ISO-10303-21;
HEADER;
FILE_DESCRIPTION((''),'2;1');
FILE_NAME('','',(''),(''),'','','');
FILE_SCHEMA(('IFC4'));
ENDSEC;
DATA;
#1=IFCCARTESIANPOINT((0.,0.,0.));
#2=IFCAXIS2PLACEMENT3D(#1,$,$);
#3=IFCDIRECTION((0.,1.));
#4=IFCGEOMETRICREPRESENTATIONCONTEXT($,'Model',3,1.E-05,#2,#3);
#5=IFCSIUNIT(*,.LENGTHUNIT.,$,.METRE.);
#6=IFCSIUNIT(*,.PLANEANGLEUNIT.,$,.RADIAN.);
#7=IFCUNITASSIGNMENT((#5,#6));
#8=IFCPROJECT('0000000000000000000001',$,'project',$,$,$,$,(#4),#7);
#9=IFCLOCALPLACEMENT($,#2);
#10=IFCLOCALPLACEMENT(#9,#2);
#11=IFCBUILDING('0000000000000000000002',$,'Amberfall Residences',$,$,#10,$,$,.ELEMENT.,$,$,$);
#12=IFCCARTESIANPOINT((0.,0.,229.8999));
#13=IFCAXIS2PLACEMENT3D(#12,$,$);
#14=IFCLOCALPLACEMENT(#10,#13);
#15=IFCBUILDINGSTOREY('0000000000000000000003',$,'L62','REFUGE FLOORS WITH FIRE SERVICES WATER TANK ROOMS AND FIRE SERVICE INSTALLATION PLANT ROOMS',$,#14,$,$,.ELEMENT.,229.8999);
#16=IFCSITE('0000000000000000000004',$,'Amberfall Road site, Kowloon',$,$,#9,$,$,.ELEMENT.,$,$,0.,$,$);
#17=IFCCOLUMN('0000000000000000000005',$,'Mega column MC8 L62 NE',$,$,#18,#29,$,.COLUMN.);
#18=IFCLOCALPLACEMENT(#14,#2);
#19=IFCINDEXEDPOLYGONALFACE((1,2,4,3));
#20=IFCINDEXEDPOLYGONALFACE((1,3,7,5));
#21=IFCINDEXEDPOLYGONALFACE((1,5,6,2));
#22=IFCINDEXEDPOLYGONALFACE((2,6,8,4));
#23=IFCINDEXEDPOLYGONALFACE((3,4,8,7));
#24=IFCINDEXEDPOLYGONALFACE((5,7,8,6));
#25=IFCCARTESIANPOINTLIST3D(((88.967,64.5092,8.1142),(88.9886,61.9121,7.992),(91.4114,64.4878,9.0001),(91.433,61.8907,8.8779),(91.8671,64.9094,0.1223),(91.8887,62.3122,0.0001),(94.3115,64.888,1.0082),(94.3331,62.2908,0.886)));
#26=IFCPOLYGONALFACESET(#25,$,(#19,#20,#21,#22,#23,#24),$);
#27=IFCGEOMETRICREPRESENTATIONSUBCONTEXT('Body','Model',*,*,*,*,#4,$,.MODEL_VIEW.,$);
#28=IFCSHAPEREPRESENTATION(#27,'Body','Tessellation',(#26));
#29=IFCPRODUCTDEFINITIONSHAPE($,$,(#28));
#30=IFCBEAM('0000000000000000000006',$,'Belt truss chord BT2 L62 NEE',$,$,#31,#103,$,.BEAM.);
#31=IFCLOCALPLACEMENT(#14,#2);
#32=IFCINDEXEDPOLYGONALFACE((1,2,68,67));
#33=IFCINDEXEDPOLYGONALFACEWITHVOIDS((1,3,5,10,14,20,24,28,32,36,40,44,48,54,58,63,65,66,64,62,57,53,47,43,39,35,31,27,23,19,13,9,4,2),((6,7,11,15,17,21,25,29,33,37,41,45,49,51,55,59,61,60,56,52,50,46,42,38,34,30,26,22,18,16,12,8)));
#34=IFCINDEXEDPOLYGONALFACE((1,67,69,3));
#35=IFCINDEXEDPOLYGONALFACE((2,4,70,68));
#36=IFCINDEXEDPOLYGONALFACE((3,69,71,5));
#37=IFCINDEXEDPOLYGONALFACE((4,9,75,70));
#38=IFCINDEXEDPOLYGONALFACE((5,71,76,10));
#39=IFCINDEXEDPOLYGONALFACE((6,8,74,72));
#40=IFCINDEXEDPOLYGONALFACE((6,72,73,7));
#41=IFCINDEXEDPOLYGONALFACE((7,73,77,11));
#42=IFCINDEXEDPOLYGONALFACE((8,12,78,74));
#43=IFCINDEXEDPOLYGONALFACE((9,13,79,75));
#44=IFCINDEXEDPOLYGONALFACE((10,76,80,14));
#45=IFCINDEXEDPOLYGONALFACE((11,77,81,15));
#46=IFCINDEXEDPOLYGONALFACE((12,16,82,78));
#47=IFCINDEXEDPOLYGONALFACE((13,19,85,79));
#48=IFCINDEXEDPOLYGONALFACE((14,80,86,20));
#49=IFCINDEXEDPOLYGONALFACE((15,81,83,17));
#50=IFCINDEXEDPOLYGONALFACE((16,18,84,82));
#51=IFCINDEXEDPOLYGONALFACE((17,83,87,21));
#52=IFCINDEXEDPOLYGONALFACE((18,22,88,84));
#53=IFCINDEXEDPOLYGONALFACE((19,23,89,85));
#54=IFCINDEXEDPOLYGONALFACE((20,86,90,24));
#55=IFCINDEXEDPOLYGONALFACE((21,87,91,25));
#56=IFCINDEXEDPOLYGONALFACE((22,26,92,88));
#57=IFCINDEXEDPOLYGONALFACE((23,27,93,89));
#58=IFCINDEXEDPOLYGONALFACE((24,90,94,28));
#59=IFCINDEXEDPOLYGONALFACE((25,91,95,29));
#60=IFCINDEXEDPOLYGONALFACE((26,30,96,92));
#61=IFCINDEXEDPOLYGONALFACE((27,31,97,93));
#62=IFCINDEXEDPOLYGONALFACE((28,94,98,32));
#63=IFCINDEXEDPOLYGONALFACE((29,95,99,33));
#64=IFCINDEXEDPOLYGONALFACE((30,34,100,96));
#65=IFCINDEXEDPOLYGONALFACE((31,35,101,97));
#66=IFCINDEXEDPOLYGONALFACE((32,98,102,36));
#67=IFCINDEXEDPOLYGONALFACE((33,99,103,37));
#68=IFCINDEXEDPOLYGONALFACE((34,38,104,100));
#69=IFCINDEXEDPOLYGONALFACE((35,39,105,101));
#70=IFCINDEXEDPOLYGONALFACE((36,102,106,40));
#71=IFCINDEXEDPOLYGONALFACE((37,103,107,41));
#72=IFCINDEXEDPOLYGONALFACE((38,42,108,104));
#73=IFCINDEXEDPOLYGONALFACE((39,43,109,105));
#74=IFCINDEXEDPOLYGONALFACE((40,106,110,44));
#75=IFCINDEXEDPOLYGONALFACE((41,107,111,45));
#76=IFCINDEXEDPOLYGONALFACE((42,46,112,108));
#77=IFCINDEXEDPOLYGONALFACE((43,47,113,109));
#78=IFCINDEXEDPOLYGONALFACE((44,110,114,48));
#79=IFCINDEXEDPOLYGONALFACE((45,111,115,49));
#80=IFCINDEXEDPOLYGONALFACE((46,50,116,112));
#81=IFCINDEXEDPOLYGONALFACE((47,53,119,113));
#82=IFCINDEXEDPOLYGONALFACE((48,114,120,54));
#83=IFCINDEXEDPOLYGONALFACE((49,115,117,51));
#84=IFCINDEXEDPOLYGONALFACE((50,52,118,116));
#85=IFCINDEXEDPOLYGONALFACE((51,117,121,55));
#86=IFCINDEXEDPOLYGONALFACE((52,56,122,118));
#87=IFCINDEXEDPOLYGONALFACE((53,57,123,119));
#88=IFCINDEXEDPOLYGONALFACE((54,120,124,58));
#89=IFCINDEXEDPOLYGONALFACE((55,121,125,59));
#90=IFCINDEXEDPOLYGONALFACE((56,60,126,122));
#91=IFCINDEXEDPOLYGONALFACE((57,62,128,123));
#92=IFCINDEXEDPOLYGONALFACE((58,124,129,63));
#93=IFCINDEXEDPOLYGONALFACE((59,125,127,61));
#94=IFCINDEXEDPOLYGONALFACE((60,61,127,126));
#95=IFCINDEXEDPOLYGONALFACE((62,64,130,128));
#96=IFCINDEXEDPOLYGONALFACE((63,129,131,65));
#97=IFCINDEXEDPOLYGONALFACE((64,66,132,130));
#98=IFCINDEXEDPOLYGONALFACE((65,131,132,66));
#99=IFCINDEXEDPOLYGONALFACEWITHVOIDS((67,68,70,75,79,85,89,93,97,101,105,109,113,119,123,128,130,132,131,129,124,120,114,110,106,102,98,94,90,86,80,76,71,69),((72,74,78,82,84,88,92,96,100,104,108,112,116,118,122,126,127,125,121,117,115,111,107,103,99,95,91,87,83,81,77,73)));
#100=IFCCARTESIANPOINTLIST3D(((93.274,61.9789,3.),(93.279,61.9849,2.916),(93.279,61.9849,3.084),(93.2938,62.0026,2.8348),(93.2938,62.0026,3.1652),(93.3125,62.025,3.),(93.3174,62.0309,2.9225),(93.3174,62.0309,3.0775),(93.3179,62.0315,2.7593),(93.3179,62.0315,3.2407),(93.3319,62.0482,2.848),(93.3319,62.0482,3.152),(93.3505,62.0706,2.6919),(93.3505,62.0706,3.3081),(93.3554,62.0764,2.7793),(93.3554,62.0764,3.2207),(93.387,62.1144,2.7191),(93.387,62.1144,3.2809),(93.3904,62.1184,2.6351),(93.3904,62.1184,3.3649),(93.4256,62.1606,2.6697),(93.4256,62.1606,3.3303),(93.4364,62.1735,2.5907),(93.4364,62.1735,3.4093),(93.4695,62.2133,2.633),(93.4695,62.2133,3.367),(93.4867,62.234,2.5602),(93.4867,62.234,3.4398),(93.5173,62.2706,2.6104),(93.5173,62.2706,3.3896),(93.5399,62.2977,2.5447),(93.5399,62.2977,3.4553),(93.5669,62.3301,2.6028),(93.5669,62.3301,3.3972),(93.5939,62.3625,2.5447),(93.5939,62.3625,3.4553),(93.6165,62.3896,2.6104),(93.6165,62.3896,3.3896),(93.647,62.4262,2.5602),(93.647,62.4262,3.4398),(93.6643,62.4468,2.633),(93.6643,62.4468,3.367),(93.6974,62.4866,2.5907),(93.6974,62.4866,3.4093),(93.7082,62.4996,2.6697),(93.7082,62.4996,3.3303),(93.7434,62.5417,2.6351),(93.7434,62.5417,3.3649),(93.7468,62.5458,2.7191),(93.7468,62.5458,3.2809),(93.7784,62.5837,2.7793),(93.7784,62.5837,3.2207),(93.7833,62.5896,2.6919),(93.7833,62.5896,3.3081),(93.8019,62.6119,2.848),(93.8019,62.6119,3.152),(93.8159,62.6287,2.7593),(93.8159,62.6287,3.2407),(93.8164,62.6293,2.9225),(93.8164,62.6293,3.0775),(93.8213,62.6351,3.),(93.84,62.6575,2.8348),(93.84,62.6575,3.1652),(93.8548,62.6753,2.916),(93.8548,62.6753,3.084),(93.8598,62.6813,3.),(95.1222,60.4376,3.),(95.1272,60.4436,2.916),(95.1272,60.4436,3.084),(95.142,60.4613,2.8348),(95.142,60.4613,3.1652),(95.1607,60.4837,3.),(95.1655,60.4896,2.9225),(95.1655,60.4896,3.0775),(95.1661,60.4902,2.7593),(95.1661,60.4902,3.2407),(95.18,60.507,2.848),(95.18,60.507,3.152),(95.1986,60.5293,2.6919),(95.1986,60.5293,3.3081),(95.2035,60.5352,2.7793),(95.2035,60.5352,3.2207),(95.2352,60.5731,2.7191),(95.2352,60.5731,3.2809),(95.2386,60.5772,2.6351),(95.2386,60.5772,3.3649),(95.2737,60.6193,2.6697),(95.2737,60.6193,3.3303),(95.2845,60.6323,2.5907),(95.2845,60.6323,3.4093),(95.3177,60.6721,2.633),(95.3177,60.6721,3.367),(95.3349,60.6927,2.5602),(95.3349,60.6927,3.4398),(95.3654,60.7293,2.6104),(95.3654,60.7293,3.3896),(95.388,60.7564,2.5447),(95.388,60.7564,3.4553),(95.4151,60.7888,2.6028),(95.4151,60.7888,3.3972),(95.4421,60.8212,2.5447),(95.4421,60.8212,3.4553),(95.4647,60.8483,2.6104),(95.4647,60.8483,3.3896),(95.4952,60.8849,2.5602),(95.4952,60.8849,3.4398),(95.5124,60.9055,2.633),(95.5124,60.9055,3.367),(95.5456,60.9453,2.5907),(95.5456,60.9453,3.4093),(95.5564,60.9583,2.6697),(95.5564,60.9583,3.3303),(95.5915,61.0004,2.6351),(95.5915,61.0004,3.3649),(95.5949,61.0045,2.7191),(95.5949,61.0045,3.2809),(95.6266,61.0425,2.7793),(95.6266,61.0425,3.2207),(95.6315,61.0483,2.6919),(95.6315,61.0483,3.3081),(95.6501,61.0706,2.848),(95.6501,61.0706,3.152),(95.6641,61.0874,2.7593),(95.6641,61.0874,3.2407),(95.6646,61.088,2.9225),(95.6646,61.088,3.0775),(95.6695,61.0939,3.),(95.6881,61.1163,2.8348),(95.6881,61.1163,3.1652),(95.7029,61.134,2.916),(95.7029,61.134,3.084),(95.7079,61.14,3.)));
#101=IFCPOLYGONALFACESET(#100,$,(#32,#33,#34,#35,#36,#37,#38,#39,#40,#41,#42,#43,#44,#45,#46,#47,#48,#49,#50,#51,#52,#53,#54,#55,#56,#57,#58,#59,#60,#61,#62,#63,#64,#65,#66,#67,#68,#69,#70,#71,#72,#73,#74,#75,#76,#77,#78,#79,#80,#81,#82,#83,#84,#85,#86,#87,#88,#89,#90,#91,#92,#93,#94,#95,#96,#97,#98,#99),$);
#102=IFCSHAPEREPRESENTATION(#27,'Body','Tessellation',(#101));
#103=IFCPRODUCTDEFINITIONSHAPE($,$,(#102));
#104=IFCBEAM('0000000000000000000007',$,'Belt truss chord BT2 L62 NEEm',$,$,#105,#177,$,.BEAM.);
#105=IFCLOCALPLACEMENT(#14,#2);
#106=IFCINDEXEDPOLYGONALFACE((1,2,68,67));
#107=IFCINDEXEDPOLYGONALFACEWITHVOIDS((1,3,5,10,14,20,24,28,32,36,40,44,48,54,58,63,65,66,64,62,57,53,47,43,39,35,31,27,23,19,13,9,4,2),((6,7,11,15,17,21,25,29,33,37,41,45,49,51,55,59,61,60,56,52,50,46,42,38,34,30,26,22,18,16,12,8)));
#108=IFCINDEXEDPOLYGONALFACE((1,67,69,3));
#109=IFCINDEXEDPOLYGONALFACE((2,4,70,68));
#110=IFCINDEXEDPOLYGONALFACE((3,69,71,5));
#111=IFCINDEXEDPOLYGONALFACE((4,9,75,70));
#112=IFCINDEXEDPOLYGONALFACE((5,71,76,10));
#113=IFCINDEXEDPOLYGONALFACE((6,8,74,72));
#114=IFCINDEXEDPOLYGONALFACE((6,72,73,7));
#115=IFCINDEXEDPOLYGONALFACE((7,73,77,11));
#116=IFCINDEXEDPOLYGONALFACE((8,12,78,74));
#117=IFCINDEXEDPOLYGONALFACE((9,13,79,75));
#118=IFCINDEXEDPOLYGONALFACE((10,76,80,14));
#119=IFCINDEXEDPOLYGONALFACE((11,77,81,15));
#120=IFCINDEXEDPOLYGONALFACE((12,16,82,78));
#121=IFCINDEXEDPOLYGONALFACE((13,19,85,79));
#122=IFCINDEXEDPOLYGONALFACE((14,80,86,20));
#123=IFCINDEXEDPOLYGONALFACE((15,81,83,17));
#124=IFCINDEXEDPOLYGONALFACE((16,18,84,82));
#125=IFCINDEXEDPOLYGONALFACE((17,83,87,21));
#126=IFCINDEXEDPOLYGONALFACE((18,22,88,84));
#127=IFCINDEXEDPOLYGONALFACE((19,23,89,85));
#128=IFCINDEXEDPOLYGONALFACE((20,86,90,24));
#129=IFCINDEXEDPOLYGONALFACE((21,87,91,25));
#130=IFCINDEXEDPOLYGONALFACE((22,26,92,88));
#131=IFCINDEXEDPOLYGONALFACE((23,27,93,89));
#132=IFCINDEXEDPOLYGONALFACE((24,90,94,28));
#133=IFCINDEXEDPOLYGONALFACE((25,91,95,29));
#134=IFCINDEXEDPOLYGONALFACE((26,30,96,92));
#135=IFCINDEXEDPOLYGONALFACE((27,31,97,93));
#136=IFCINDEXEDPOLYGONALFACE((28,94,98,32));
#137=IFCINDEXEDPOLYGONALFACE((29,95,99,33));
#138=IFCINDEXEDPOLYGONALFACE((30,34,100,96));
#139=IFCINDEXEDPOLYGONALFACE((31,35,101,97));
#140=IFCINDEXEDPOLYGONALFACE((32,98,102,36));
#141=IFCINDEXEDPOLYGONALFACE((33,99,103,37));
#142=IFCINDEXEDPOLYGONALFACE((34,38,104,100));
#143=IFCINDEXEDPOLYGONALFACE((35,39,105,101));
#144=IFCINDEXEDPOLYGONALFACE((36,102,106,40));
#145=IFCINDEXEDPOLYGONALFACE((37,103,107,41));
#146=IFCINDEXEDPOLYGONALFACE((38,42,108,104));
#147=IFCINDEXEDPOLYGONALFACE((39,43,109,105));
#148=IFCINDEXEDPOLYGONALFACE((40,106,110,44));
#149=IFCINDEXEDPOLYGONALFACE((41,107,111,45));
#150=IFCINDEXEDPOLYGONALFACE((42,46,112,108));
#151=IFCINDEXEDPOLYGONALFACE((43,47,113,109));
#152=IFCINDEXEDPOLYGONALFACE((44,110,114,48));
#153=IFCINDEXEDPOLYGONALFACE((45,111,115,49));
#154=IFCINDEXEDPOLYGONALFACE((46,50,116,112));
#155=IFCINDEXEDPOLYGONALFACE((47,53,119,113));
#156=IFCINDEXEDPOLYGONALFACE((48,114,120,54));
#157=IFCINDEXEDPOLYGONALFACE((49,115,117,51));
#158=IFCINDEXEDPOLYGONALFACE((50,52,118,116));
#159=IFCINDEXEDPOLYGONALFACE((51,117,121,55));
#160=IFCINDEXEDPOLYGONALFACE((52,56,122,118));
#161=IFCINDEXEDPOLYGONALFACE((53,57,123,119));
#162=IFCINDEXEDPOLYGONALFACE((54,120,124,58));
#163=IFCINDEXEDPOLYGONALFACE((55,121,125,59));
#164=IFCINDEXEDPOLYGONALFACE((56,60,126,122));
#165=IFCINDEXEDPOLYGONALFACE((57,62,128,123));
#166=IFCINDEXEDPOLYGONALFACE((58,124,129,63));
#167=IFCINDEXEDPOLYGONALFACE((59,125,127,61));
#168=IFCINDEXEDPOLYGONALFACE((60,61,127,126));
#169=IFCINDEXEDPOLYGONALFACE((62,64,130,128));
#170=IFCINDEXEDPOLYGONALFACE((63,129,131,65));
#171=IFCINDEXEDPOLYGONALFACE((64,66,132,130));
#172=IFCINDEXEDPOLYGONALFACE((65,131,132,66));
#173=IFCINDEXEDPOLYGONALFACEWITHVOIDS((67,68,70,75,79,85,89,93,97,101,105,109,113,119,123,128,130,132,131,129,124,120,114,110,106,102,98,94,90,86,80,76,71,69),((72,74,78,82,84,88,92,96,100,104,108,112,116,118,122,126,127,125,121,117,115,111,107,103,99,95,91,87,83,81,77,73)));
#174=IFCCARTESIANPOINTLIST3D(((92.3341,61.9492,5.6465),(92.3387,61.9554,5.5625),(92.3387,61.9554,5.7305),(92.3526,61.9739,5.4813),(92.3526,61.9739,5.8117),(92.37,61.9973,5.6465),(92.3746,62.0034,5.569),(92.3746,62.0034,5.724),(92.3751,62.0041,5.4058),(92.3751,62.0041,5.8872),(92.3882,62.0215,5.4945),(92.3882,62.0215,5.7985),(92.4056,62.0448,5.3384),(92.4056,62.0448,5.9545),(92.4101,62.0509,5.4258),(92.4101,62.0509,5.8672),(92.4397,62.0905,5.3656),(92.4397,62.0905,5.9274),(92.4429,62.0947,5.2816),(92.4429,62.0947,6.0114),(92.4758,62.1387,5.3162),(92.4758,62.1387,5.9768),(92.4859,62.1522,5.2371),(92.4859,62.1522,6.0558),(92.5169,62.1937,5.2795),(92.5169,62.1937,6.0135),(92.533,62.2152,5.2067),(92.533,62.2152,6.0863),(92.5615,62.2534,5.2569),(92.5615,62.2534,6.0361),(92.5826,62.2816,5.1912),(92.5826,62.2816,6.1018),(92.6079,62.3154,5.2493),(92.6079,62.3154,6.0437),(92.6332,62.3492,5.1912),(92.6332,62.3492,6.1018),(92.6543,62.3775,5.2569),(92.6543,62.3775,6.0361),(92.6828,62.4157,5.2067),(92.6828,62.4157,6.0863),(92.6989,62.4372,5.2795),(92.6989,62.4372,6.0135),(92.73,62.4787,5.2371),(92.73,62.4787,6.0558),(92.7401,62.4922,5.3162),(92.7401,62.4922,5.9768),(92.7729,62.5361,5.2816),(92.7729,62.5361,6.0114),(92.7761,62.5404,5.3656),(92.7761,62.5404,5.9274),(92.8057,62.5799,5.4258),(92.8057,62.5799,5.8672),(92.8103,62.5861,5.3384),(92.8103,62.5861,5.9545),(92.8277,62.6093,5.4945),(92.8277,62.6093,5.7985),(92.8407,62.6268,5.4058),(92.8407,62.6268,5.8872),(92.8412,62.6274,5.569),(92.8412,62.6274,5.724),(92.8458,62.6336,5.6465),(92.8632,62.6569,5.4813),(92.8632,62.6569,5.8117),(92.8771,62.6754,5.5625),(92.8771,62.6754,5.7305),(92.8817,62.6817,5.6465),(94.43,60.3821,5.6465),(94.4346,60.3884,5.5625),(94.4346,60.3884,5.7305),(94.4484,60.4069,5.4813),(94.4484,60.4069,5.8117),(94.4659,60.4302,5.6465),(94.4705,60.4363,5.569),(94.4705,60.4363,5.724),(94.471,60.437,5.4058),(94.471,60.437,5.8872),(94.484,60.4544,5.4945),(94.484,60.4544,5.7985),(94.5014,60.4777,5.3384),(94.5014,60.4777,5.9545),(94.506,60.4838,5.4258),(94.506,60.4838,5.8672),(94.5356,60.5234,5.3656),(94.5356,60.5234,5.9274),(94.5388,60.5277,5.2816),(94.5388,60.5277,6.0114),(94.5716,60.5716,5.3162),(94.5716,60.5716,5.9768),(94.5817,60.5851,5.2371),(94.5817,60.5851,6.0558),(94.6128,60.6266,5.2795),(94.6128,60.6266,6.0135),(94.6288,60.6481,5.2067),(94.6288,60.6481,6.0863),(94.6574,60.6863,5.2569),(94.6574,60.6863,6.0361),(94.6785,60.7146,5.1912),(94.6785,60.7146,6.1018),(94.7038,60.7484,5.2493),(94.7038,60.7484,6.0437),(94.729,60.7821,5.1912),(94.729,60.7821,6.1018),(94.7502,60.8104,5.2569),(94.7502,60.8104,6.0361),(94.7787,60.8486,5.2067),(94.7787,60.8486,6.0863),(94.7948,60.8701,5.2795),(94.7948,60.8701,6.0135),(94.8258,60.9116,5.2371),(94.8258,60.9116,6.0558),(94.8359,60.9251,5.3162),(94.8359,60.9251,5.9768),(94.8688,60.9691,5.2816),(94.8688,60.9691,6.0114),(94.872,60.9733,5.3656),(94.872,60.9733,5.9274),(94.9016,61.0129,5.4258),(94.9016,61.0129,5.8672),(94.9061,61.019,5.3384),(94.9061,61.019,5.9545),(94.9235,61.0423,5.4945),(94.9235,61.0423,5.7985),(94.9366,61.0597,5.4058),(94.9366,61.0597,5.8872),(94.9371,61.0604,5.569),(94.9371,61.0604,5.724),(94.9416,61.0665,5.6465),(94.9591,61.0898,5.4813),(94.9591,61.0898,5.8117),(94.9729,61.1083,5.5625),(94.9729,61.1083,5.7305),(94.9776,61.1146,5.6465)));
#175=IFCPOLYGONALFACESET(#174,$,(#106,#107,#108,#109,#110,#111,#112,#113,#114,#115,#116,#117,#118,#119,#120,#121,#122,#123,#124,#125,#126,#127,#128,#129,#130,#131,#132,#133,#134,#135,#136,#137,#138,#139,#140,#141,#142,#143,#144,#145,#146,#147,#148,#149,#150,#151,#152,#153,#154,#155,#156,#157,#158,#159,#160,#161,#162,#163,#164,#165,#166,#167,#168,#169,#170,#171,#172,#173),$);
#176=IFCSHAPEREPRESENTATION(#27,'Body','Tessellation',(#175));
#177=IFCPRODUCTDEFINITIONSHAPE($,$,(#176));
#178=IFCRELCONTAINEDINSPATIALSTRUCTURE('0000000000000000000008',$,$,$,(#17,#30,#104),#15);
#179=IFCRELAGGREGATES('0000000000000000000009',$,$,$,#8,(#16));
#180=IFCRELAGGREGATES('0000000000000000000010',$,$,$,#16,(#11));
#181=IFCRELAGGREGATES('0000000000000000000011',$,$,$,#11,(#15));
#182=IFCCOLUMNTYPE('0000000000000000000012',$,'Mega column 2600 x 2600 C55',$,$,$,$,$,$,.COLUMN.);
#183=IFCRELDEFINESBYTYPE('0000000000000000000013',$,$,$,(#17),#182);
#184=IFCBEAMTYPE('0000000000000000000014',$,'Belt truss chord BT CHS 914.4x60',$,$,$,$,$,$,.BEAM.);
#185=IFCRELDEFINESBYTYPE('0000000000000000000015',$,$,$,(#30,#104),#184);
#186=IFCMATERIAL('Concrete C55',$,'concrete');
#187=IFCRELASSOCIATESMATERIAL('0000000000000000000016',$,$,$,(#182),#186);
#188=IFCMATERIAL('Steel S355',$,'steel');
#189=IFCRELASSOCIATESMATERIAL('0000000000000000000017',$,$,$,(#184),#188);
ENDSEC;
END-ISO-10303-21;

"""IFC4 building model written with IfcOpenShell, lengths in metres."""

from ifc_helpers import new_model, si_unit, direction, frame, origin, origin_2d, place, context, subcontext, project, spatial, rectangle, hollow_circle, extrude, material, material_profile, profile_set, type_object, element, save


model = new_model("IFC4")

# Units and contexts
model_context = context("Model", 3, precision=1e-05, world=origin(), true_north=direction((0.0, 1.0)))
body_context = subcontext(model_context, "Body", "Model", "MODEL_VIEW")
ifc_project = project(units=[si_unit("LENGTHUNIT", "METRE"), si_unit("PLANEANGLEUNIT", "RADIAN")], contexts=[model_context])

# Site, building, storey
site_placement = place(None, origin())
site = spatial("IfcSite", under=ifc_project, at=site_placement, Name="Amberfall Road site, Kowloon", CompositionType="ELEMENT", RefElevation=0.0)
building_placement = place(site_placement, origin())
building = spatial("IfcBuilding", under=site, at=building_placement, Name="Amberfall Residences", CompositionType="ELEMENT")
storey_placement = place(building_placement, frame((0.0, 0.0, 229.8999)))
storey = spatial("IfcBuildingStorey", under=building, at=storey_placement, Name="L62", Description="REFUGE FLOORS WITH FIRE SERVICES WATER TANK ROOMS AND FIRE SERVICE INSTALLATION PLANT ROOMS", CompositionType="ELEMENT", Elevation=229.8999)

# Column
ifc_material_1 = material(Name="Concrete C55", Category="concrete")
ifc_material_profile_1 = material_profile(ifc_material_1, rectangle(XDim=2.6001, YDim=2.6001, at=origin_2d()), Name="Mega column 2600 x 2600 C55")
ifc_profile_set_1 = profile_set([ifc_material_profile_1], Name="Concrete C55")
column_type = type_object("IfcColumnType", Name="Mega column 2600 x 2600 C55", PredefinedType="COLUMN", material=ifc_profile_set_1)
column_placement = place(storey_placement, frame((93.1001, 63.6001, 0.5042), z_axis=(-0.340741, -0.047014, 0.938981), x_axis=(0.940121, -0.008219, 0.340743)))
element("IfcColumn", 1, at=column_placement, inside=storey, type_object=column_type, Name="Mega column MC8 L62 NE", PredefinedType="COLUMN", context=body_context, shape_type="SweptSolid", body=[
    extrude(rectangle(XDim=2.6001, YDim=2.6001, at=origin_2d()), origin(), (0.0, 0.0, 1.0), 8.5112),
])

# Beams
ifc_material_2 = material(Name="Steel S355", Category="steel")
ifc_material_profile_2 = material_profile(ifc_material_2, hollow_circle(Radius=0.4573, WallThickness=0.0601, at=origin_2d()), Name="CHS 914.4x60")
ifc_profile_set_2 = profile_set([ifc_material_profile_2], Name="Steel S355")
beam_type_1 = type_object("IfcBeamType", Name="Belt truss chord BT CHS 914.4x60", PredefinedType="BEAM", material=ifc_profile_set_2)
beam_1_placement = place(storey_placement, frame((93.5669, 62.3301, 3.0), z_axis=(0.767988, -0.640464, 0.0), x_axis=(0.640464, 0.767988, 0.0)))
element("IfcBeam", 2, at=beam_1_placement, inside=storey, type_object=beam_type_1, Name="Belt truss chord BT2 L62 NEE", PredefinedType="BEAM", context=body_context, shape_type="SweptSolid", body=[
    extrude(hollow_circle(Radius=0.4573, WallThickness=0.0601, at=origin_2d()), origin(), (0.0, 0.0, 1.0), 2.4065),
])
beam_2_placement = place(storey_placement, frame((92.6079, 62.3154, 5.6465), z_axis=(0.800884, -0.59882, 0.0), x_axis=(0.59882, 0.800884, 0.0)))
element("IfcBeam", 3, at=beam_2_placement, inside=storey, type_object=beam_type_1, Name="Belt truss chord BT2 L62 NEEm", PredefinedType="BEAM", context=body_context, shape_type="SweptSolid", body=[
    extrude(hollow_circle(Radius=0.4573, WallThickness=0.0601, at=origin_2d()), origin(), (0.0, 0.0, 1.0), 2.6169),
])

save(model, "model.ifc")
